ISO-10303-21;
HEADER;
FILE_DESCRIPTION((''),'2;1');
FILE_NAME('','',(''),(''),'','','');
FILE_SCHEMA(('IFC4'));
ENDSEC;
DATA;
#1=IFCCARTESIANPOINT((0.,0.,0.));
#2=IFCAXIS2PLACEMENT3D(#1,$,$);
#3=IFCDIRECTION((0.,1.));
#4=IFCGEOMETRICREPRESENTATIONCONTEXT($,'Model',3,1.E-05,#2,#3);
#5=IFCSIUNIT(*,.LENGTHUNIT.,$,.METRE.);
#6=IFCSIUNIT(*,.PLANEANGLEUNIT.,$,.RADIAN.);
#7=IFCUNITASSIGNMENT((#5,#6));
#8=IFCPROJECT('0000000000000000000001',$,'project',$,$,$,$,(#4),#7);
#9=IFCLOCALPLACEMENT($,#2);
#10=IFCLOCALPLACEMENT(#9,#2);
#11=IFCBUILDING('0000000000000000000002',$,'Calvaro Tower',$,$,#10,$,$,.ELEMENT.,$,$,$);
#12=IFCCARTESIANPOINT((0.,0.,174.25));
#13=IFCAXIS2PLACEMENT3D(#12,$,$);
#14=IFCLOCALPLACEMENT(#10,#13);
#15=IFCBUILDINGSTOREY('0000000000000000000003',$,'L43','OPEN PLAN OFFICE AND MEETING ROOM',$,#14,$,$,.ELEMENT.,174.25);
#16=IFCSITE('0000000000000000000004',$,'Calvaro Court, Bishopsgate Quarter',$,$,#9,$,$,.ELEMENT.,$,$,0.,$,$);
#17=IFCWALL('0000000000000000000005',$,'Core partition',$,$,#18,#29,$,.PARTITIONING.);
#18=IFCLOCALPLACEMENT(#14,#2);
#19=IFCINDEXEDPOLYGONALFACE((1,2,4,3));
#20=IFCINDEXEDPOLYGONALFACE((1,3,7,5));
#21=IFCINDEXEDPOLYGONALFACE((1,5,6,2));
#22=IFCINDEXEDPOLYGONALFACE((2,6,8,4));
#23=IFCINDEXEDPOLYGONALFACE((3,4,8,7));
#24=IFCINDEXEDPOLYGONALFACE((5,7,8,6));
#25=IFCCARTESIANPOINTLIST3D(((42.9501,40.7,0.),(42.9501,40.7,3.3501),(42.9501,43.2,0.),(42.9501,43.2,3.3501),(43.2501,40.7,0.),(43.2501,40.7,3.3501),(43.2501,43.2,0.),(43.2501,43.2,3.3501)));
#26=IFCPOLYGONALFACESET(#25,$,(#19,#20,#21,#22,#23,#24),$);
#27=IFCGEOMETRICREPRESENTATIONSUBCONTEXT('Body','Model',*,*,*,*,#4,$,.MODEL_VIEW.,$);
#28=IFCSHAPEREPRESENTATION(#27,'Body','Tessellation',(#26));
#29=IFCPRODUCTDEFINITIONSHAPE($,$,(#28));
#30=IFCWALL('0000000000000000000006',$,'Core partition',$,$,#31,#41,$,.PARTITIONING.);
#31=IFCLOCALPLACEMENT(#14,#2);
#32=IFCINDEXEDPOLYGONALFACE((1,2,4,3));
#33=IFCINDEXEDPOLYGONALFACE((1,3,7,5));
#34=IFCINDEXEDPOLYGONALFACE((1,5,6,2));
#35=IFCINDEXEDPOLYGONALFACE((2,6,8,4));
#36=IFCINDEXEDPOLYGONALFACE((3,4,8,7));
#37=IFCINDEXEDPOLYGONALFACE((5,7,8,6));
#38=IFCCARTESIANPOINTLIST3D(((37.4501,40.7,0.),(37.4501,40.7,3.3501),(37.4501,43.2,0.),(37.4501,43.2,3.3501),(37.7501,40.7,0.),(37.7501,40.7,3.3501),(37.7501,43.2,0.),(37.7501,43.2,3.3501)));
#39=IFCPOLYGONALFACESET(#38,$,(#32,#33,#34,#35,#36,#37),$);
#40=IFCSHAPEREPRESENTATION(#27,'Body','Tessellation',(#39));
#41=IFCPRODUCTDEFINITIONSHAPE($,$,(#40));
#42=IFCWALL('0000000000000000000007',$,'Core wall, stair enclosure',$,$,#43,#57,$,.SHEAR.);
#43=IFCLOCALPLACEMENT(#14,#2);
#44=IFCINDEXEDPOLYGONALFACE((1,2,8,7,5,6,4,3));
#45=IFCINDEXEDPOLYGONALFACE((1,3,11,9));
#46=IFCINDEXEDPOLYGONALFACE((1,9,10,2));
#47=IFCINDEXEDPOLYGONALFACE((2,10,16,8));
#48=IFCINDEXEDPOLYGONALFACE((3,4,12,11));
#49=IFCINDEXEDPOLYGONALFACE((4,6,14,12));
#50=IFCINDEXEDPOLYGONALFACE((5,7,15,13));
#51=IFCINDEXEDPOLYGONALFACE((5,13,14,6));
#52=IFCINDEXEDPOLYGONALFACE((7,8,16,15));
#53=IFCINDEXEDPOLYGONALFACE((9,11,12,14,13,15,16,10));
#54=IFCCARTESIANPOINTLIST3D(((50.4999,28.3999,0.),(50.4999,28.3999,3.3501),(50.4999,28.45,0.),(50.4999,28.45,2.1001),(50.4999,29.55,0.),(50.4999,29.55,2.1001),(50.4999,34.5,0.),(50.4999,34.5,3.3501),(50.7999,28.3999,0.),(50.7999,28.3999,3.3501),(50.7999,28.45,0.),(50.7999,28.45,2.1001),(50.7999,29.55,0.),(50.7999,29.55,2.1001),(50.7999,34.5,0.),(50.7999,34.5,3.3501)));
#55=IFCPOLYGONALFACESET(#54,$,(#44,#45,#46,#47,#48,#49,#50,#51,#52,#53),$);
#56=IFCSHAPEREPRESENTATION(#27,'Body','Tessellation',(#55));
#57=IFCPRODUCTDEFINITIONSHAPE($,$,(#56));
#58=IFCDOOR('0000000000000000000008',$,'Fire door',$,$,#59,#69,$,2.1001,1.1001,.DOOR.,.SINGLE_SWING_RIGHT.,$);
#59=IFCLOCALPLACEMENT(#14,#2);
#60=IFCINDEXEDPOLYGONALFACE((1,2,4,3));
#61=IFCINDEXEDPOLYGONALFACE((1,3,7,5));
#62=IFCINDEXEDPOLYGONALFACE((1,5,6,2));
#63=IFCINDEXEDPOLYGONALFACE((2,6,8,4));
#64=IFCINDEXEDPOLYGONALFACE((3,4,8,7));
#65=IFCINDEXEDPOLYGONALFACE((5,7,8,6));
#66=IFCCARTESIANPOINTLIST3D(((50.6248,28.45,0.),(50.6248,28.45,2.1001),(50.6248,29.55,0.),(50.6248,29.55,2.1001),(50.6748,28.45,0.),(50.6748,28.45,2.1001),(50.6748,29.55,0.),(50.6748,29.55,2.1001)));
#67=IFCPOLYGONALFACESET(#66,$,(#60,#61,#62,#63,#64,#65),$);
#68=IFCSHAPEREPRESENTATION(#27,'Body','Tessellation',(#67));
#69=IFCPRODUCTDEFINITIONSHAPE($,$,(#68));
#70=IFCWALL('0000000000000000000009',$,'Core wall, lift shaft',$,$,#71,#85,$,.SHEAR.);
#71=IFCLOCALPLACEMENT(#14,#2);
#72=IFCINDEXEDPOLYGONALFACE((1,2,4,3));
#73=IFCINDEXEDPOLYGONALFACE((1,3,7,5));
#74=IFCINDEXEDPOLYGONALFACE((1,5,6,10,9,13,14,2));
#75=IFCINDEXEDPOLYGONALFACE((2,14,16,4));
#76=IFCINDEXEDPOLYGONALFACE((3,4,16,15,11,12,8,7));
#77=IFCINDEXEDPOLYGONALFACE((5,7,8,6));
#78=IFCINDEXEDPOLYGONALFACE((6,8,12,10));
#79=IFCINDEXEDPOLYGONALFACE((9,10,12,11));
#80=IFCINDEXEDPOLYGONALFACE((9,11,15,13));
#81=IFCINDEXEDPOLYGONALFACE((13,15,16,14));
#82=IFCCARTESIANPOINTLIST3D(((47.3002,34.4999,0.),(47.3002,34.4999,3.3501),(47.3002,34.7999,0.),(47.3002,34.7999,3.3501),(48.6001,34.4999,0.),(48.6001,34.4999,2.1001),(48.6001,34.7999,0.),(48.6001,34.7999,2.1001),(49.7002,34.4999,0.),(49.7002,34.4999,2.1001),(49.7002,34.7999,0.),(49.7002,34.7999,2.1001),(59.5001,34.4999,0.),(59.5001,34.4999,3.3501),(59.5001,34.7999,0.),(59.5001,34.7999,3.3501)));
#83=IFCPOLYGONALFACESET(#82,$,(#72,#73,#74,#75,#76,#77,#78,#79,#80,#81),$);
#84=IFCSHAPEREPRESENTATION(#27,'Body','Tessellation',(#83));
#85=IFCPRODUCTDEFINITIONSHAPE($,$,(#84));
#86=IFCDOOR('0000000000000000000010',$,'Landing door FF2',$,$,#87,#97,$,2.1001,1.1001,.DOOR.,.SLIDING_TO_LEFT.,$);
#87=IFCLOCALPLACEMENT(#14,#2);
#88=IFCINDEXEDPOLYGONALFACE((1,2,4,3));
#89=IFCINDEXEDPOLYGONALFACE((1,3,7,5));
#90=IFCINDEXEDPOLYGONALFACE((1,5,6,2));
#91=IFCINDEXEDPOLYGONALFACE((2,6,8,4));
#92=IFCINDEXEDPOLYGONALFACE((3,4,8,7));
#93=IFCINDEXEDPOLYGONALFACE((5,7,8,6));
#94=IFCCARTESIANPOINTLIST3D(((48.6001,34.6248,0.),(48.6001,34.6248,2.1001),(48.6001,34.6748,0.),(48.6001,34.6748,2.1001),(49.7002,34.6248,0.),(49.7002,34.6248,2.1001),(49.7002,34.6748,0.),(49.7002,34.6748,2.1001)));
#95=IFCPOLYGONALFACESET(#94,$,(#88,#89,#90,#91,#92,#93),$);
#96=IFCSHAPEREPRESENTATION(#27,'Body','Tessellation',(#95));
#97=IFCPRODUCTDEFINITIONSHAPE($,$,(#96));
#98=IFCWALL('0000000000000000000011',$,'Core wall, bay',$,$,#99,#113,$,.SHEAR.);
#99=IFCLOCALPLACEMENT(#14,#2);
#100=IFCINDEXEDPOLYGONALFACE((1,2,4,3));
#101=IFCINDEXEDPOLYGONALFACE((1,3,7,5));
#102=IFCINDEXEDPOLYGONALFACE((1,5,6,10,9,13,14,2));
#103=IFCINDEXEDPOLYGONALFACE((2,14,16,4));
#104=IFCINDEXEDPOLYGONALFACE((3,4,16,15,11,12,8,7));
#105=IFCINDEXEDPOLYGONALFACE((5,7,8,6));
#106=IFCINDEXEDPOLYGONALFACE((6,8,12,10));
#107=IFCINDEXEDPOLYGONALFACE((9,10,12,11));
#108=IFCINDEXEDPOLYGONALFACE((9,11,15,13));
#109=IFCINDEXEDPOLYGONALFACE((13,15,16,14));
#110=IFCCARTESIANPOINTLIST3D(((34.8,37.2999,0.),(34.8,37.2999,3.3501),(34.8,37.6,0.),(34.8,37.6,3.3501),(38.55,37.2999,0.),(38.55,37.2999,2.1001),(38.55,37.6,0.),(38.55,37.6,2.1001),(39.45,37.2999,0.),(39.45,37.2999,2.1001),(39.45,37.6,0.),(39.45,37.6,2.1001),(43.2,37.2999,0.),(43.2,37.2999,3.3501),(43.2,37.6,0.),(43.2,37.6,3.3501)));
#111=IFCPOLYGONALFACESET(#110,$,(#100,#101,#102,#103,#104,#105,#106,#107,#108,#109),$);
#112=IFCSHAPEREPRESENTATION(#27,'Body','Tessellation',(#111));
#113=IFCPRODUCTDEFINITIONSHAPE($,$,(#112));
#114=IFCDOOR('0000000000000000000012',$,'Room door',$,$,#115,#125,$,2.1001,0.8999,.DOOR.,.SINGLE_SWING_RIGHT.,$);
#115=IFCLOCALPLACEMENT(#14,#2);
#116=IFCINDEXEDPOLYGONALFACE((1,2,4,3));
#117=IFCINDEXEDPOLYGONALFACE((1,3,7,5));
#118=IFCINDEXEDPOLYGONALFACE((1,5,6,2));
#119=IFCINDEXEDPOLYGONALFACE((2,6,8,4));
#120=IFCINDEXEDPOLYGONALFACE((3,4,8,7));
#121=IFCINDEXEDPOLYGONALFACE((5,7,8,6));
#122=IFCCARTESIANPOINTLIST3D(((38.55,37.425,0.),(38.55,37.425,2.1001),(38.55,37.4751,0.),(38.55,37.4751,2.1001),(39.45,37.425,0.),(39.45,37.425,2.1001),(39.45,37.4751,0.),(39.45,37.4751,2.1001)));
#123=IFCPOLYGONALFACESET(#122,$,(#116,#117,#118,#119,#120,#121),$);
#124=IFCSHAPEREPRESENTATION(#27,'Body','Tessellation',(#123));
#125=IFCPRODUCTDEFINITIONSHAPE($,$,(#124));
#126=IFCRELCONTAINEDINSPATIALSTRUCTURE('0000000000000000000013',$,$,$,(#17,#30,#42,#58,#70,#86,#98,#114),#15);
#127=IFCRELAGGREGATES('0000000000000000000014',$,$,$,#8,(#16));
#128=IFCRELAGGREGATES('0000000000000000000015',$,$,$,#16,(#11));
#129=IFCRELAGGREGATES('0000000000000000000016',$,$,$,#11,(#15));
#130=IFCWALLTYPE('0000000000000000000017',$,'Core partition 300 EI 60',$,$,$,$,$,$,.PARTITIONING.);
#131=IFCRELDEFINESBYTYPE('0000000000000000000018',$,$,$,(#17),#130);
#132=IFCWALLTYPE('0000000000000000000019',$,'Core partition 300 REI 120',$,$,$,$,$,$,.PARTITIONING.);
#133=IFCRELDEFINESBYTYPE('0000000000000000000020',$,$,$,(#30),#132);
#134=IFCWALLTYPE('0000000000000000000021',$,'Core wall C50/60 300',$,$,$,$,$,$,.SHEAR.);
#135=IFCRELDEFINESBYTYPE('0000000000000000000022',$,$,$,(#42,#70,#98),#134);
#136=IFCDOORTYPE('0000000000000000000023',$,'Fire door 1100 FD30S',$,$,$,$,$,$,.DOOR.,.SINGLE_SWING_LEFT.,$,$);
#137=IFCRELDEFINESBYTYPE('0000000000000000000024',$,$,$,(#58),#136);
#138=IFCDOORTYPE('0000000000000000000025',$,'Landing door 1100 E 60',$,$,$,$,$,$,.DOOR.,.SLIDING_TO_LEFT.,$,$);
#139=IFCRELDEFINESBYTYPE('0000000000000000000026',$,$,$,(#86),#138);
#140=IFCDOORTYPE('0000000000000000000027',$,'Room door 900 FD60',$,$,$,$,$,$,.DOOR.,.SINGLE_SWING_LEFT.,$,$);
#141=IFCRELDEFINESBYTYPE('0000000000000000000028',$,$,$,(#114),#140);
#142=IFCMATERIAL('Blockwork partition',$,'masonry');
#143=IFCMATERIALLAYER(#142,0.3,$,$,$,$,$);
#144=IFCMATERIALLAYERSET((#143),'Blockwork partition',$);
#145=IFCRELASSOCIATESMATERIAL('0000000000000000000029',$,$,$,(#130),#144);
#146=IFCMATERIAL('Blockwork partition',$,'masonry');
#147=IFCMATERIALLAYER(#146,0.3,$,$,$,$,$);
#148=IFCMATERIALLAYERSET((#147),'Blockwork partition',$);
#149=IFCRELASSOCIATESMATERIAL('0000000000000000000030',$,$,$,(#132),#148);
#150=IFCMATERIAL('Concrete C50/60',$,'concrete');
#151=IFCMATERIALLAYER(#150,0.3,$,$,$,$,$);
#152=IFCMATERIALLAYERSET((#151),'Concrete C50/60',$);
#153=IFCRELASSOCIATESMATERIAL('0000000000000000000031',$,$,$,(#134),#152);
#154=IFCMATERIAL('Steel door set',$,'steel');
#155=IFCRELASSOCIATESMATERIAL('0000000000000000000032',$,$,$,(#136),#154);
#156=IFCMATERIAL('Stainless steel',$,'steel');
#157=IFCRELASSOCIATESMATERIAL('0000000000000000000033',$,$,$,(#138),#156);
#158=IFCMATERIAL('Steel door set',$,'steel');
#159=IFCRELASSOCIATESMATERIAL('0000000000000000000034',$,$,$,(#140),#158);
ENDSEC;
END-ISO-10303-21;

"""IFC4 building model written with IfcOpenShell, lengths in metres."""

from ifc_helpers import new_model, si_unit, direction, frame, frame_2d, origin, place, context, subcontext, project, spatial, rectangle, extrude, material, layer, layer_set, type_object, element, fill, save


model = new_model("IFC4")

# Units and contexts
model_context = context("Model", 3, precision=1e-05, world=origin(), true_north=direction((0.0, 1.0)))
body_context = subcontext(model_context, "Body", "Model", "MODEL_VIEW")
ifc_project = project(units=[si_unit("LENGTHUNIT", "METRE"), si_unit("PLANEANGLEUNIT", "RADIAN")], contexts=[model_context])

# Site, building, storey
site_placement = place(None, origin())
site = spatial("IfcSite", under=ifc_project, at=site_placement, Name="Calvaro Court, Bishopsgate Quarter", CompositionType="ELEMENT", RefElevation=0.0)
building_placement = place(site_placement, origin())
building = spatial("IfcBuilding", under=site, at=building_placement, Name="Calvaro Tower", CompositionType="ELEMENT")
storey_placement = place(building_placement, frame((0.0, 0.0, 174.25)))
storey = spatial("IfcBuildingStorey", under=building, at=storey_placement, Name="L43", Description="OPEN PLAN OFFICE AND MEETING ROOM", CompositionType="ELEMENT", Elevation=174.25)

# Walls
ifc_material_1 = material(Name="Blockwork partition", Category="masonry")
ifc_layer_1 = layer(ifc_material_1, 0.3)
ifc_layer_set_1 = layer_set([ifc_layer_1], Name="Blockwork partition")
wall_type_1 = type_object("IfcWallType", Name="Core partition 300 EI 60", PredefinedType="PARTITIONING", material=ifc_layer_set_1)
wall_1_placement = place(storey_placement, frame((43.1001, 40.7, 0.0), z_axis=(0.0, 0.0, 1.0), x_axis=(0.0, 1.0, 0.0)))
element("IfcWall", 1, at=wall_1_placement, inside=storey, type_object=wall_type_1, Name="Core partition", PredefinedType="PARTITIONING", context=body_context, shape_type="SweptSolid", body=[
    extrude(rectangle(XDim=2.5, YDim=0.3, at=frame_2d((1.25, 0.0))), origin(), (0.0, 0.0, 1.0), 3.3501),
])
ifc_material_2 = material(Name="Blockwork partition", Category="masonry")
ifc_layer_2 = layer(ifc_material_2, 0.3)
ifc_layer_set_2 = layer_set([ifc_layer_2], Name="Blockwork partition")
wall_type_2 = type_object("IfcWallType", Name="Core partition 300 REI 120", PredefinedType="PARTITIONING", material=ifc_layer_set_2)
wall_2_placement = place(storey_placement, frame((37.6001, 40.7, 0.0), z_axis=(0.0, 0.0, 1.0), x_axis=(0.0, 1.0, 0.0)))
element("IfcWall", 2, at=wall_2_placement, inside=storey, type_object=wall_type_2, Name="Core partition", PredefinedType="PARTITIONING", context=body_context, shape_type="SweptSolid", body=[
    extrude(rectangle(XDim=2.5, YDim=0.3, at=frame_2d((1.25, 0.0))), origin(), (0.0, 0.0, 1.0), 3.3501),
])

# Walls, openings, doors
ifc_material_3 = material(Name="Concrete C50/60", Category="concrete")
ifc_layer_3 = layer(ifc_material_3, 0.3)
ifc_layer_set_3 = layer_set([ifc_layer_3], Name="Concrete C50/60")
wall_type_3 = type_object("IfcWallType", Name="Core wall C50/60 300", PredefinedType="SHEAR", material=ifc_layer_set_3)
wall_3_placement = place(storey_placement, frame((50.6499, 34.5, 0.0), z_axis=(0.0, 0.0, 1.0), x_axis=(0.0, -1.0, 0.0)))
wall_3 = element("IfcWall", 3, at=wall_3_placement, inside=storey, type_object=wall_type_3, Name="Core wall, stair enclosure", PredefinedType="SHEAR", context=body_context, shape_type="SweptSolid", body=[
    extrude(rectangle(XDim=6.1001, YDim=0.3, at=frame_2d((3.05, 0.0))), origin(), (0.0, 0.0, 1.0), 3.3501),
])
opening_1_placement = place(wall_3_placement, frame((4.95, 0.0, 0.0)))
opening_1 = element("IfcOpeningElement", 4, at=opening_1_placement, cuts=wall_3, PredefinedType="OPENING", context=body_context, shape_type="SweptSolid", body=[
    extrude(rectangle(XDim=1.1001, YDim=2.1001, at=frame_2d((0.55, 1.05))), frame((0.0, 0.1599, 0.0), z_axis=(0.0, -1.0, 0.0), x_axis=(1.0, 0.0, 0.0)), (0.0, 0.0, 1.0), 0.3201),
])
ifc_material_4 = material(Name="Steel door set", Category="steel")
door_type_1 = type_object("IfcDoorType", Name="Fire door 1100 FD30S", OperationType="SINGLE_SWING_LEFT", PredefinedType="DOOR", material=ifc_material_4)
door_1_placement = place(opening_1_placement, origin())
door_1 = element("IfcDoor", 5, at=door_1_placement, inside=storey, type_object=door_type_1, Name="Fire door", OperationType="SINGLE_SWING_RIGHT", OverallHeight=2.1001, OverallWidth=1.1001, PredefinedType="DOOR", context=body_context, shape_type="SweptSolid", body=[
    extrude(rectangle(XDim=1.1001, YDim=2.1001, at=frame_2d((0.55, 1.05))), frame((0.0, 0.0249, 0.0), z_axis=(0.0, -1.0, 0.0), x_axis=(1.0, 0.0, 0.0)), (0.0, 0.0, 1.0), 0.05),
])
fill(opening_1, door_1)
wall_4_placement = place(storey_placement, frame((47.3, 34.6499, 0.0), z_axis=(0.0, 0.0, 1.0), x_axis=(1.0, 0.0, 0.0)))
wall_4 = element("IfcWall", 6, at=wall_4_placement, inside=storey, type_object=wall_type_3, Name="Core wall, lift shaft", PredefinedType="SHEAR", context=body_context, shape_type="SweptSolid", body=[
    extrude(rectangle(XDim=12.2, YDim=0.3, at=frame_2d((6.1001, 0.0))), origin(), (0.0, 0.0, 1.0), 3.3501),
])
opening_2_placement = place(wall_4_placement, frame((1.3, 0.0, 0.0)))
opening_2 = element("IfcOpeningElement", 7, at=opening_2_placement, cuts=wall_4, PredefinedType="OPENING", context=body_context, shape_type="SweptSolid", body=[
    extrude(rectangle(XDim=1.1001, YDim=2.1001, at=frame_2d((0.55, 1.05))), frame((0.0, 0.1599, 0.0), z_axis=(0.0, -1.0, 0.0), x_axis=(1.0, 0.0, 0.0)), (0.0, 0.0, 1.0), 0.3201),
])
ifc_material_5 = material(Name="Stainless steel", Category="steel")
door_type_2 = type_object("IfcDoorType", Name="Landing door 1100 E 60", OperationType="SLIDING_TO_LEFT", PredefinedType="DOOR", material=ifc_material_5)
door_2_placement = place(opening_2_placement, origin())
door_2 = element("IfcDoor", 8, at=door_2_placement, inside=storey, type_object=door_type_2, Name="Landing door FF2", OperationType="SLIDING_TO_LEFT", OverallHeight=2.1001, OverallWidth=1.1001, PredefinedType="DOOR", context=body_context, shape_type="SweptSolid", body=[
    extrude(rectangle(XDim=1.1001, YDim=2.1001, at=frame_2d((0.55, 1.05))), frame((0.0, 0.0249, 0.0), z_axis=(0.0, -1.0, 0.0), x_axis=(1.0, 0.0, 0.0)), (0.0, 0.0, 1.0), 0.05),
])
fill(opening_2, door_2)
wall_5_placement = place(storey_placement, frame((43.2, 37.45, 0.0), z_axis=(0.0, 0.0, 1.0), x_axis=(-1.0, 0.0, 0.0)))
wall_5 = element("IfcWall", 9, at=wall_5_placement, inside=storey, type_object=wall_type_3, Name="Core wall, bay", PredefinedType="SHEAR", context=body_context, shape_type="SweptSolid", body=[
    extrude(rectangle(XDim=8.3999, YDim=0.3, at=frame_2d((4.2, 0.0))), origin(), (0.0, 0.0, 1.0), 3.3501),
])
opening_3_placement = place(wall_5_placement, frame((3.75, 0.0, 0.0)))
opening_3 = element("IfcOpeningElement", 10, at=opening_3_placement, cuts=wall_5, PredefinedType="OPENING", context=body_context, shape_type="SweptSolid", body=[
    extrude(rectangle(XDim=0.8999, YDim=2.1001, at=frame_2d((0.45, 1.05))), frame((0.0, 0.1599, 0.0), z_axis=(0.0, -1.0, 0.0), x_axis=(1.0, 0.0, 0.0)), (0.0, 0.0, 1.0), 0.3201),
])
ifc_material_6 = material(Name="Steel door set", Category="steel")
door_type_3 = type_object("IfcDoorType", Name="Room door 900 FD60", OperationType="SINGLE_SWING_LEFT", PredefinedType="DOOR", material=ifc_material_6)
door_3_placement = place(opening_3_placement, origin())
door_3 = element("IfcDoor", 11, at=door_3_placement, inside=storey, type_object=door_type_3, Name="Room door", OperationType="SINGLE_SWING_RIGHT", OverallHeight=2.1001, OverallWidth=0.8999, PredefinedType="DOOR", context=body_context, shape_type="SweptSolid", body=[
    extrude(rectangle(XDim=0.8999, YDim=2.1001, at=frame_2d((0.45, 1.05))), frame((0.0, 0.0249, 0.0), z_axis=(0.0, -1.0, 0.0), x_axis=(1.0, 0.0, 0.0)), (0.0, 0.0, 1.0), 0.05),
])
fill(opening_3, door_3)

save(model, "model.ifc")
